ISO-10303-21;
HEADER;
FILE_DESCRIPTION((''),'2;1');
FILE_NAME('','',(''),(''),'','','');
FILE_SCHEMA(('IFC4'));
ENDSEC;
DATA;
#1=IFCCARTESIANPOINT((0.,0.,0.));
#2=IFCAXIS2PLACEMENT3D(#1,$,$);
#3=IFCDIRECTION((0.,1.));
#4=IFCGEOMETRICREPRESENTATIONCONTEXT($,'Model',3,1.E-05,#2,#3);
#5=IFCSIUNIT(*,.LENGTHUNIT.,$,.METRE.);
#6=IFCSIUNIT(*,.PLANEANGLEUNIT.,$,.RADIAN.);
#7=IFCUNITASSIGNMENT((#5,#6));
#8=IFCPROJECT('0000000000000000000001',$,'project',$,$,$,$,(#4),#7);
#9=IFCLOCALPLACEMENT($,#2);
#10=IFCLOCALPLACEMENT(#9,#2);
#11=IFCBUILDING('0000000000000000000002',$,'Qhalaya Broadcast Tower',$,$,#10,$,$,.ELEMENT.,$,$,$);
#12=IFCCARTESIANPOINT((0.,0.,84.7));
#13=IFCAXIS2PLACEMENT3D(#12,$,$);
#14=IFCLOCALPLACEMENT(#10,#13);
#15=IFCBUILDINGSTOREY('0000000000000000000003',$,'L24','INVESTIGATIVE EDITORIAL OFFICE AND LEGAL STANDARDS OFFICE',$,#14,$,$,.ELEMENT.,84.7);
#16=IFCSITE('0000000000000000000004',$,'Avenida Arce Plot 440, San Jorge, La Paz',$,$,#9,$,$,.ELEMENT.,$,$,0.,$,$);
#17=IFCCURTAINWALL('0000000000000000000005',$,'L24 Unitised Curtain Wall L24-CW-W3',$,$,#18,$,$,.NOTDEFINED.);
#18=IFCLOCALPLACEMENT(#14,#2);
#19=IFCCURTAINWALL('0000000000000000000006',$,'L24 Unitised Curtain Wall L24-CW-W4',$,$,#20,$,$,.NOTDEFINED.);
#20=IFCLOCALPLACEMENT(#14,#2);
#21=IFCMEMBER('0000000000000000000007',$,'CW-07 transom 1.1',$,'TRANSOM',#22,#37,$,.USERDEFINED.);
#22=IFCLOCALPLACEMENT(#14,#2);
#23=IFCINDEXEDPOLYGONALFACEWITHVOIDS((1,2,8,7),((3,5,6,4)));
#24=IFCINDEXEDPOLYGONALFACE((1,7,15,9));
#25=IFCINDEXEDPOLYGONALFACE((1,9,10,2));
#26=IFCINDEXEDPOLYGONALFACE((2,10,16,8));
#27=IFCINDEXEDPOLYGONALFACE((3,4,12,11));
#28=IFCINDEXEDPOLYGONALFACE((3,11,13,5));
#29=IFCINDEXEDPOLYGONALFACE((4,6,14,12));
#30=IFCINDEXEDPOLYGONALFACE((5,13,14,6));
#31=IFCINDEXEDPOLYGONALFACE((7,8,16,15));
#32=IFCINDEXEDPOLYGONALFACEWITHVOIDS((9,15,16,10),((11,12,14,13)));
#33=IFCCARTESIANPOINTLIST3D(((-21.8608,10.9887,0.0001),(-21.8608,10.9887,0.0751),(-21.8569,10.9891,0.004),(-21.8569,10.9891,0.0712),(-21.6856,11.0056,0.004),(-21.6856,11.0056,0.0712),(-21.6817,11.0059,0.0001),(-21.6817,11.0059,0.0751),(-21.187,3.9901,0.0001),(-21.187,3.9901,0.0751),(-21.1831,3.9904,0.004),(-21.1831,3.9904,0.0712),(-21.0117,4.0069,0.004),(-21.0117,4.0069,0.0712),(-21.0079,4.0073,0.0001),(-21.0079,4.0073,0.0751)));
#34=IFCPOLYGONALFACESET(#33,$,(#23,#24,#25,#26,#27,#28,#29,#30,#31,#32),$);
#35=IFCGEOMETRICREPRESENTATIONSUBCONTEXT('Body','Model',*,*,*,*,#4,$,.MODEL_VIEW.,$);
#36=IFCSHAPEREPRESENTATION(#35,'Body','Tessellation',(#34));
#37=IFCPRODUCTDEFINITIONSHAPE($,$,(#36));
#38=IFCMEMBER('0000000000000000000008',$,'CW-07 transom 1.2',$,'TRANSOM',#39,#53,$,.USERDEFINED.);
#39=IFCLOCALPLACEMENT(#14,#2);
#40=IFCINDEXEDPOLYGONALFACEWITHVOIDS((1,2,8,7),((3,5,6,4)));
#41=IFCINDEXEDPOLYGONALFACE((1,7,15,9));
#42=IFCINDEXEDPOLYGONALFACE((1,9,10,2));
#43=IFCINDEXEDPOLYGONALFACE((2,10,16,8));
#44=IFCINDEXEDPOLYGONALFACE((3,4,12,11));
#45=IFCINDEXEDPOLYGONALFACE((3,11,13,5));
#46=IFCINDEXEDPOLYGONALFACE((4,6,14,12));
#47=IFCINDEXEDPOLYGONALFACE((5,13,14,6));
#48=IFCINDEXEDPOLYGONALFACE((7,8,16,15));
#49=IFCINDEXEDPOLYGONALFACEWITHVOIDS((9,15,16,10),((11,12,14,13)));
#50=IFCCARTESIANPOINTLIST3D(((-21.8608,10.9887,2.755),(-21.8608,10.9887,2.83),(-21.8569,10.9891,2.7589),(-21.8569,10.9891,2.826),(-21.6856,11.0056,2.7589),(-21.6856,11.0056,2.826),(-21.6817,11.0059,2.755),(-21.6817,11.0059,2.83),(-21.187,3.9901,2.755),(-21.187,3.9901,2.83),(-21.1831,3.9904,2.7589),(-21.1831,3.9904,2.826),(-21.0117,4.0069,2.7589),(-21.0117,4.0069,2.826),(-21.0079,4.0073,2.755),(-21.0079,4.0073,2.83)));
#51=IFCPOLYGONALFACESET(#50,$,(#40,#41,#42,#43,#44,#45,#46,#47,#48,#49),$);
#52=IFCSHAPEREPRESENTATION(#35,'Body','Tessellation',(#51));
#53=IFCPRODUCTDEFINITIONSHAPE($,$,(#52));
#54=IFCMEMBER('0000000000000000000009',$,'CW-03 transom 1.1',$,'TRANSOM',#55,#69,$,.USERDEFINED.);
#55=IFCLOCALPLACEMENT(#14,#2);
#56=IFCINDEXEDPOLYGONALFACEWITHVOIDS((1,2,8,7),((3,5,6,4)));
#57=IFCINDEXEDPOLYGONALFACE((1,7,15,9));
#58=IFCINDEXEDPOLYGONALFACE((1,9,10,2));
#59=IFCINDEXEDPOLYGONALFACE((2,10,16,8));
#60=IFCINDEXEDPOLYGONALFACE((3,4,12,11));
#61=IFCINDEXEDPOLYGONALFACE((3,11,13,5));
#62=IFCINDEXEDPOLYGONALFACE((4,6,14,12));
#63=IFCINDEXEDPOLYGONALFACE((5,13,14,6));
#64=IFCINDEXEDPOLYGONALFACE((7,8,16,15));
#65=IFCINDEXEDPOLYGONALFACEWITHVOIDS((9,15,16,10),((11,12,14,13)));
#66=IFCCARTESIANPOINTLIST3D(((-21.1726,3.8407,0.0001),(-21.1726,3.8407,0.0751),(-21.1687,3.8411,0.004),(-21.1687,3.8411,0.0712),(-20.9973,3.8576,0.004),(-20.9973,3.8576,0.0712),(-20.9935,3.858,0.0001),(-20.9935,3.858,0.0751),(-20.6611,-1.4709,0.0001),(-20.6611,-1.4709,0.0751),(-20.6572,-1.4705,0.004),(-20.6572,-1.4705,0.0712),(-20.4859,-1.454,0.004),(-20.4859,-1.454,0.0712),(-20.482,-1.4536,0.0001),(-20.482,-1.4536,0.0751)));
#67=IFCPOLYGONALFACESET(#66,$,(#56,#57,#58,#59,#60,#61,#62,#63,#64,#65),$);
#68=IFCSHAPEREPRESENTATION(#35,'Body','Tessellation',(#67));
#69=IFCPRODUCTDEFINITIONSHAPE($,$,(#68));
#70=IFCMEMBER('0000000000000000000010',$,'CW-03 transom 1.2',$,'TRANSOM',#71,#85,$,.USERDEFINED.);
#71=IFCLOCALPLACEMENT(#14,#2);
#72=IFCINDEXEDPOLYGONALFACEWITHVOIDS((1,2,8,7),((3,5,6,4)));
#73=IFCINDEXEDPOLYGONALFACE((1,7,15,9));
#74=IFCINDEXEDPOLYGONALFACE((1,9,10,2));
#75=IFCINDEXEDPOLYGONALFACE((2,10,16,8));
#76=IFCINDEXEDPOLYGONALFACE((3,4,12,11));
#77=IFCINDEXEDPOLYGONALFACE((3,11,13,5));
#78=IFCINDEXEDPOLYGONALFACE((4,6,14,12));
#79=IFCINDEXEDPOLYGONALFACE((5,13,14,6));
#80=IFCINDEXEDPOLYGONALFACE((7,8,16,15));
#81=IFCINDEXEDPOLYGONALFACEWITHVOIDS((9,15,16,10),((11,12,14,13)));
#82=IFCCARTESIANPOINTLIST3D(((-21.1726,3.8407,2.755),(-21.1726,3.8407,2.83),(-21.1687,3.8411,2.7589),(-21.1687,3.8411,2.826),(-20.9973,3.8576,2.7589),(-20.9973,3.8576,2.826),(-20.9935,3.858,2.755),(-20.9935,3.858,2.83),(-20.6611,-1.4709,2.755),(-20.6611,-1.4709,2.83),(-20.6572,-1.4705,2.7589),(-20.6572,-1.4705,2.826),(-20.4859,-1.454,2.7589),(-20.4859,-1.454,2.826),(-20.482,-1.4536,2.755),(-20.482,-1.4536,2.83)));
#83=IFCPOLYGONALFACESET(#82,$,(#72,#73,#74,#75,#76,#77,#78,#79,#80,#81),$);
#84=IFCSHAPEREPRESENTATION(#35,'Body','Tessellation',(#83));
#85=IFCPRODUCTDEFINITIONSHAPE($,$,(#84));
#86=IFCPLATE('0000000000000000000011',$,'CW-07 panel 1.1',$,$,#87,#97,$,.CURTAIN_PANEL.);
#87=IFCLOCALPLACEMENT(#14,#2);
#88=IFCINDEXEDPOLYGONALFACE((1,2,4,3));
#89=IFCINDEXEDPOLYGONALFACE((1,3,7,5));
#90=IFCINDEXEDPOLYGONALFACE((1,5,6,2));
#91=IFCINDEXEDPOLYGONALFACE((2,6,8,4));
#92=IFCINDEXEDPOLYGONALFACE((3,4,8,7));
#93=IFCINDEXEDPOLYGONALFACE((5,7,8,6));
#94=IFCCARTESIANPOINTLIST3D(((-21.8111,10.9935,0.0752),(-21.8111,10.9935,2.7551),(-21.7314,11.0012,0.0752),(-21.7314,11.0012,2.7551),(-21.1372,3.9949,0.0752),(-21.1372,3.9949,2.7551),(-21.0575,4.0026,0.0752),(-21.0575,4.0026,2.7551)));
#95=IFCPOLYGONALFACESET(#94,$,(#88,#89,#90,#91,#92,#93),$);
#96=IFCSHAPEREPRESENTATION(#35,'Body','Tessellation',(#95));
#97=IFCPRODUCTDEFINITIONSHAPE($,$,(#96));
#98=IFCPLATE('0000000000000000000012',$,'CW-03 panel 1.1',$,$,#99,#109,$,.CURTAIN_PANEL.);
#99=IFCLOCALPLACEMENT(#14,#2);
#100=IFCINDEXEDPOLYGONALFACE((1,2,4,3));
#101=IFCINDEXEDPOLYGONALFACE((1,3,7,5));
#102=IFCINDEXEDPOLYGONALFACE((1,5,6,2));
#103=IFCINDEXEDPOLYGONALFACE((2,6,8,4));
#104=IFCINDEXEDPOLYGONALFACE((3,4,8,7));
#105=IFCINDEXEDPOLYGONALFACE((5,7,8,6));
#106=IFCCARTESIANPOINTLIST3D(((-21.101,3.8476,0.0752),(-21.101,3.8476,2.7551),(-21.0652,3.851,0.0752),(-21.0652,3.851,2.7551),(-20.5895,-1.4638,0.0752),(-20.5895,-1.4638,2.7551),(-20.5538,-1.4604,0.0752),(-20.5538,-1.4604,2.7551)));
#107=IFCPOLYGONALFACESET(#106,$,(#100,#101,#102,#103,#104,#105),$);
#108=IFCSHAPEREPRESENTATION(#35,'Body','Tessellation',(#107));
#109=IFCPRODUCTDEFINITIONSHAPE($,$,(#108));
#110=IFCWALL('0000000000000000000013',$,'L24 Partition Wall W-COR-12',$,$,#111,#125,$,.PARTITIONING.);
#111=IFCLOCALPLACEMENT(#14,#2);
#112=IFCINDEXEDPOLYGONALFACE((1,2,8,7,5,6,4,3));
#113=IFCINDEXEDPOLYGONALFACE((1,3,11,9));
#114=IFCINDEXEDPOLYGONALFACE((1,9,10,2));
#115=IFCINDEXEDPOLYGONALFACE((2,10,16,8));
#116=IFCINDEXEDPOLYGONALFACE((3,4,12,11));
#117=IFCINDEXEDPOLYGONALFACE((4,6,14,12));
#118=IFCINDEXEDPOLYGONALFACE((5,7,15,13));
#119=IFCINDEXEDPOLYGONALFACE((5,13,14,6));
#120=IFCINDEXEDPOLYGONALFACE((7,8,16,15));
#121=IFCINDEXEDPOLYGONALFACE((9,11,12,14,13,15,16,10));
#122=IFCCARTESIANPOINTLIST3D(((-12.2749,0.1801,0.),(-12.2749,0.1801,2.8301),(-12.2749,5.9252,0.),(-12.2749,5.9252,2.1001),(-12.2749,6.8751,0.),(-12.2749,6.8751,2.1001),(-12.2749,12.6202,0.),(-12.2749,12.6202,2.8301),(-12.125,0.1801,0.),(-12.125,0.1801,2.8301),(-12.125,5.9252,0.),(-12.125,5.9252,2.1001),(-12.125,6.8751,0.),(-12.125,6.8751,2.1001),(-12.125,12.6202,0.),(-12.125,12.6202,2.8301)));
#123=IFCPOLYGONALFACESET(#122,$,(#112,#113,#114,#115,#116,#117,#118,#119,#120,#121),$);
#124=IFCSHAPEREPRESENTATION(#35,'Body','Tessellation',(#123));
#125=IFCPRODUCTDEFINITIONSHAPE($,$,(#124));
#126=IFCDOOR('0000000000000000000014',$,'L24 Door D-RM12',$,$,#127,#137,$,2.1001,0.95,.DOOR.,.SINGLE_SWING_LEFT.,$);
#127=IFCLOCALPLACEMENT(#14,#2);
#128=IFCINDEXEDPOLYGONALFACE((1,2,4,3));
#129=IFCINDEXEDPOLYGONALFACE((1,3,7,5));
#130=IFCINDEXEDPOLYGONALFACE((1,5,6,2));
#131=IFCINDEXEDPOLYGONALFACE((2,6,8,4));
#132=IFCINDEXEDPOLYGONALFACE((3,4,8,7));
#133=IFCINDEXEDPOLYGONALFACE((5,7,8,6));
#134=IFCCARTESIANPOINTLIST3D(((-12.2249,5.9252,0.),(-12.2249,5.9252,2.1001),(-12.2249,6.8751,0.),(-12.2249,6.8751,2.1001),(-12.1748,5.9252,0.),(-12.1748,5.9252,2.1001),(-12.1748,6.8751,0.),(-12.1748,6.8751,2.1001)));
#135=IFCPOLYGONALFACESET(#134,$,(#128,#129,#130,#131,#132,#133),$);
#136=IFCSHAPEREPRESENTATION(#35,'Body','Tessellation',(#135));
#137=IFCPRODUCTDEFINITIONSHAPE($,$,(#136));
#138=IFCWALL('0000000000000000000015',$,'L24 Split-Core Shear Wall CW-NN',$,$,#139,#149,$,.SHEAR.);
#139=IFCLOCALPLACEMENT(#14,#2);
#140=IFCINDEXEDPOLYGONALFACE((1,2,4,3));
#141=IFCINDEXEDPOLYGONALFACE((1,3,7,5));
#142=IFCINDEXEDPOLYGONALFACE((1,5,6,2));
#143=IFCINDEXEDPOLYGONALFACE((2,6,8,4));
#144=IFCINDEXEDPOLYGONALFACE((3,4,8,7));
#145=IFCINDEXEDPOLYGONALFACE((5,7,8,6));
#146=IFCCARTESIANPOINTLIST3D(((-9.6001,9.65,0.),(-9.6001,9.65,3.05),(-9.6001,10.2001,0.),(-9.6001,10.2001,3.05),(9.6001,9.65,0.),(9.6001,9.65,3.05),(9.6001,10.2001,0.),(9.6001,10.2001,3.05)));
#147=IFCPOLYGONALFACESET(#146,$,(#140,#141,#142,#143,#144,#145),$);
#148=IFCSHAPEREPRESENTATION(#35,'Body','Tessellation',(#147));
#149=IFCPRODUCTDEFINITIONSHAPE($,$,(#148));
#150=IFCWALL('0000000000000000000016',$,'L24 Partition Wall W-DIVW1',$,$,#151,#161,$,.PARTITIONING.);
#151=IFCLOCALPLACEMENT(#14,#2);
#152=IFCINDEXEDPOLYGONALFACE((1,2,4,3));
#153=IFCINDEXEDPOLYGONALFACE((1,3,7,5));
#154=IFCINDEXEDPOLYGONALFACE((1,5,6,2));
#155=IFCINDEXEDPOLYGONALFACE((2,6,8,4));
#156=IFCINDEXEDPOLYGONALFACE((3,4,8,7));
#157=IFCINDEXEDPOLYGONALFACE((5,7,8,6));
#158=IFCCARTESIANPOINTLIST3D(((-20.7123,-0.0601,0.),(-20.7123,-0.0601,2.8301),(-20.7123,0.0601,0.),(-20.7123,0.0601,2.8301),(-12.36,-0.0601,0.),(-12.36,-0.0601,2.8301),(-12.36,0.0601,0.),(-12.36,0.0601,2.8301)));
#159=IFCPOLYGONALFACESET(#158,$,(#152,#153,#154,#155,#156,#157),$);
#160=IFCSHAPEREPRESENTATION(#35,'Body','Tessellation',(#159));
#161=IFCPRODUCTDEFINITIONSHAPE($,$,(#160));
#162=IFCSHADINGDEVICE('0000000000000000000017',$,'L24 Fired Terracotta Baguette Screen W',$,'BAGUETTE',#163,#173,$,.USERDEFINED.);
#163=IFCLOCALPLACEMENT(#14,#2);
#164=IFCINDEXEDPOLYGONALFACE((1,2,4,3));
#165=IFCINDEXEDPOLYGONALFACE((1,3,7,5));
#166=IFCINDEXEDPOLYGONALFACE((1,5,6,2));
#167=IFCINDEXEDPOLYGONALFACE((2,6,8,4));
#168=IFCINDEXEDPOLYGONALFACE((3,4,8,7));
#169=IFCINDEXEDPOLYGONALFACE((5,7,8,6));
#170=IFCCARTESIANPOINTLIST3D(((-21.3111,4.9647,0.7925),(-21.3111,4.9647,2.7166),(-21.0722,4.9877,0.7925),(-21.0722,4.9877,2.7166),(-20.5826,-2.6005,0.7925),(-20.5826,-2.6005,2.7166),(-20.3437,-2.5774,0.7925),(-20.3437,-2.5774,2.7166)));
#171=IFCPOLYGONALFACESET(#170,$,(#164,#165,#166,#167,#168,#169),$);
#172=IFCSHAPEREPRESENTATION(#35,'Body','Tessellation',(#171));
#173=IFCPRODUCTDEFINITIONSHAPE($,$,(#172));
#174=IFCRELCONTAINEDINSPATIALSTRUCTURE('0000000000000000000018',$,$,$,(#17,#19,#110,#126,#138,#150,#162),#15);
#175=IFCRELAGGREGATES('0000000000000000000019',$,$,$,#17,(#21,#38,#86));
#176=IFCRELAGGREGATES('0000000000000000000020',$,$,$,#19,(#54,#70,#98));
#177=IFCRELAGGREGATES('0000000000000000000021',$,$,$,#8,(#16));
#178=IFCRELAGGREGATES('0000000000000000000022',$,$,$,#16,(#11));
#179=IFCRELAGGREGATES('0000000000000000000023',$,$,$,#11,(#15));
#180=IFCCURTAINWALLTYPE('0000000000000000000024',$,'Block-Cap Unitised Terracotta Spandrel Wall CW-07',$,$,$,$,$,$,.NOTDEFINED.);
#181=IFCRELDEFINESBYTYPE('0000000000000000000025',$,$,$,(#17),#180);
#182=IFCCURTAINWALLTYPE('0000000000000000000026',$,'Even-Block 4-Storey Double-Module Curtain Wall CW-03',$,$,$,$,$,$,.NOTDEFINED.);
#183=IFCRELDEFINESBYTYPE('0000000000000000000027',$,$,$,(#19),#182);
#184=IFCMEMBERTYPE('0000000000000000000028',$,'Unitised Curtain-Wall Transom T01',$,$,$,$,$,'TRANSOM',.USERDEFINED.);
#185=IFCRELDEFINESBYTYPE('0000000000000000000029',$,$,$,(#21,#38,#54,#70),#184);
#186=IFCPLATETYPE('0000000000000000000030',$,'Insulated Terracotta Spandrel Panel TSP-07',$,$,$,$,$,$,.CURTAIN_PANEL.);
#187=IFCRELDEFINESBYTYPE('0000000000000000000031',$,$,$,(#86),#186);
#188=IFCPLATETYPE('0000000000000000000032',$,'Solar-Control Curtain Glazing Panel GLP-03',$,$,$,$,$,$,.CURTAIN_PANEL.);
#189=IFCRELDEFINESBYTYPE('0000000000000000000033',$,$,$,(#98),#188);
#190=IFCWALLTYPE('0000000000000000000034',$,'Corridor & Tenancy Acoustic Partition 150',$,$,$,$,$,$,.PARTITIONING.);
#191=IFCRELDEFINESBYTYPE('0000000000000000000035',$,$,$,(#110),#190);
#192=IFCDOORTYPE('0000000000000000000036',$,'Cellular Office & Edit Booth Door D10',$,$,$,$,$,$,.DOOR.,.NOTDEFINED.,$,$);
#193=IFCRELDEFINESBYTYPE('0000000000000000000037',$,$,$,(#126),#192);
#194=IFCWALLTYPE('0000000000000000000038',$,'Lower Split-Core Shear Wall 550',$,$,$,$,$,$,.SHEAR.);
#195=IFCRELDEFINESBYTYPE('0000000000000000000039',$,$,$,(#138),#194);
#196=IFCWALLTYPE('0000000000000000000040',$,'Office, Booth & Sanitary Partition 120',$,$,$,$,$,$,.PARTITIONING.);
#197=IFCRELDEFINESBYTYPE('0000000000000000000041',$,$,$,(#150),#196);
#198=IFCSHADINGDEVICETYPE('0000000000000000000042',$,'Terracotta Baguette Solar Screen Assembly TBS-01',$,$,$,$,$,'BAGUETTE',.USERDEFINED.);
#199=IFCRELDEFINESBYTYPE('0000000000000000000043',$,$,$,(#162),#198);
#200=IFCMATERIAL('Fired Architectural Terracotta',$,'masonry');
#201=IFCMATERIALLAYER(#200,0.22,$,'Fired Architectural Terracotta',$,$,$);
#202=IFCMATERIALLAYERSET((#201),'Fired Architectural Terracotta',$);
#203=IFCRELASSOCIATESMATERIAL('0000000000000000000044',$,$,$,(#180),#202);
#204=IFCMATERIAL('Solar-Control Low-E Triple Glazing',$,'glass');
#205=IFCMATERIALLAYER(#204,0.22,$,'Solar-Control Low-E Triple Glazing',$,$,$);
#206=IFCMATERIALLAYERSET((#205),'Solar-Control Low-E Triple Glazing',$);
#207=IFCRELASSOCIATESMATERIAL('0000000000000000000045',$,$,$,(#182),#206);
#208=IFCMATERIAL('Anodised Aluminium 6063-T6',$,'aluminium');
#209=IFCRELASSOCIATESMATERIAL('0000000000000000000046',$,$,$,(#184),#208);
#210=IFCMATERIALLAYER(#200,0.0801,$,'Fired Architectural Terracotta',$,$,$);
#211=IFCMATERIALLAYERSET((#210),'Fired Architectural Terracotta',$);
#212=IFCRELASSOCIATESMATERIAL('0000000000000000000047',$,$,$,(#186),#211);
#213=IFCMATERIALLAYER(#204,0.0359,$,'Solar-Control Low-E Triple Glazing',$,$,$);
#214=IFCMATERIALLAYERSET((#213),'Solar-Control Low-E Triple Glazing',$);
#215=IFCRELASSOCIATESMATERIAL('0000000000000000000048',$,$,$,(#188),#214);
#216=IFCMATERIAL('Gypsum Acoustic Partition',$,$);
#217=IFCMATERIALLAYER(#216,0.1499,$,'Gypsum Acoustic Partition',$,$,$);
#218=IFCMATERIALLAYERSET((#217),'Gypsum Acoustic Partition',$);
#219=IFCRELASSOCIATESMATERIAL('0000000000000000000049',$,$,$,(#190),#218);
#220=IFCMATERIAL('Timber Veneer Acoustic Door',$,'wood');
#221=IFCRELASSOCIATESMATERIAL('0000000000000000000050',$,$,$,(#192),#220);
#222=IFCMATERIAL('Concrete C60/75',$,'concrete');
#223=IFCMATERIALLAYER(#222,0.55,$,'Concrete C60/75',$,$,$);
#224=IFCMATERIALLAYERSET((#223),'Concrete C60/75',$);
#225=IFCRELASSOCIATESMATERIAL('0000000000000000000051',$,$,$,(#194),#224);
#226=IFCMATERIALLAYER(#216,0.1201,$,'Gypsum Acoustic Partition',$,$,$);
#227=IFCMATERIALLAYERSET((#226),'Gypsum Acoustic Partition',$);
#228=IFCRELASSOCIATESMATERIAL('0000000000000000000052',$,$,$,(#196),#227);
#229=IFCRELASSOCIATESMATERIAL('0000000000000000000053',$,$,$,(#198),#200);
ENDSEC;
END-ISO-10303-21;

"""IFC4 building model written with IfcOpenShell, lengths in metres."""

from ifc_helpers import new_model, si_unit, direction, frame, frame_2d, origin, origin_2d, place, context, subcontext, project, spatial, rectangle, hollow_rectangle, extrude, material, layer, layer_set, material_profile, profile_set, type_object, element, fill, aggregate, save


model = new_model("IFC4")

# Units and contexts
model_context = context("Model", 3, precision=1e-05, world=origin(), true_north=direction((0.0, 1.0)))
body_context = subcontext(model_context, "Body", "Model", "MODEL_VIEW")
ifc_project = project(units=[si_unit("LENGTHUNIT", "METRE"), si_unit("PLANEANGLEUNIT", "RADIAN")], contexts=[model_context])

# Site, building, storey
site_placement = place(None, origin())
site = spatial("IfcSite", under=ifc_project, at=site_placement, Name="Avenida Arce Plot 440, San Jorge, La Paz", CompositionType="ELEMENT", RefElevation=0.0)
building_placement = place(site_placement, origin())
building = spatial("IfcBuilding", under=site, at=building_placement, Name="Qhalaya Broadcast Tower", CompositionType="ELEMENT")
storey_placement = place(building_placement, frame((0.0, 0.0, 84.7)))
storey = spatial("IfcBuildingStorey", under=building, at=storey_placement, Name="L24", Description="INVESTIGATIVE EDITORIAL OFFICE AND LEGAL STANDARDS OFFICE", CompositionType="ELEMENT", Elevation=84.7)

# Curtain wall
ifc_material_1 = material(Name="Fired Architectural Terracotta", Category="masonry")
ifc_layer_1 = layer(ifc_material_1, 0.22, Name="Fired Architectural Terracotta")
ifc_layer_set_1 = layer_set([ifc_layer_1], Name="Fired Architectural Terracotta")
curtain_wall_type_1 = type_object("IfcCurtainWallType", Name="Block-Cap Unitised Terracotta Spandrel Wall CW-07", PredefinedType="NOTDEFINED", material=ifc_layer_set_1)
curtain_wall_1_placement = place(storey_placement, origin())
curtain_wall_1 = element("IfcCurtainWall", 1, at=curtain_wall_1_placement, inside=storey, type_object=curtain_wall_type_1, Name="L24 Unitised Curtain Wall L24-CW-W3", PredefinedType="NOTDEFINED")
ifc_material_2 = material(Name="Anodised Aluminium 6063-T6", Category="aluminium")

# Curtain wall
ifc_material_3 = material(Name="Solar-Control Low-E Triple Glazing", Category="glass")
ifc_layer_2 = layer(ifc_material_3, 0.22, Name="Solar-Control Low-E Triple Glazing")
ifc_layer_set_2 = layer_set([ifc_layer_2], Name="Solar-Control Low-E Triple Glazing")
curtain_wall_type_2 = type_object("IfcCurtainWallType", Name="Even-Block 4-Storey Double-Module Curtain Wall CW-03", PredefinedType="NOTDEFINED", material=ifc_layer_set_2)
curtain_wall_2_placement = place(storey_placement, origin())
curtain_wall_2 = element("IfcCurtainWall", 2, at=curtain_wall_2_placement, inside=storey, type_object=curtain_wall_type_2, Name="L24 Unitised Curtain Wall L24-CW-W4", PredefinedType="NOTDEFINED")

# Members
ifc_material_profile_1 = material_profile(ifc_material_2, hollow_rectangle(XDim=0.075, YDim=0.1799, WallThickness=0.0039, at=origin_2d()), Name="ALU-TRN 75x180x4")
ifc_profile_set_1 = profile_set([ifc_material_profile_1], Name="Anodised Aluminium 6063-T6")
member_type_1 = type_object("IfcMemberType", Name="Unitised Curtain-Wall Transom T01", ElementType="TRANSOM", PredefinedType="USERDEFINED", material=ifc_profile_set_1)
member_1_placement = place(storey_placement, frame((-21.7712, 10.9973, 0.0376), z_axis=(0.095838, -0.995397, 0.0), x_axis=(0.0, 0.0, 1.0)))
member_1 = element("IfcMember", 3, at=member_1_placement, type_object=member_type_1, Name="CW-07 transom 1.1", ObjectType="TRANSOM", PredefinedType="USERDEFINED", context=body_context, shape_type="SweptSolid", body=[
    extrude(hollow_rectangle(XDim=0.075, YDim=0.1799, WallThickness=0.0039, at=origin_2d()), origin(), (0.0, 0.0, 1.0), 7.031),
])
member_2_placement = place(storey_placement, frame((-21.7712, 10.9973, 2.7925), z_axis=(0.095838, -0.995397, 0.0), x_axis=(0.0, 0.0, 1.0)))
member_2 = element("IfcMember", 4, at=member_2_placement, type_object=member_type_1, Name="CW-07 transom 1.2", ObjectType="TRANSOM", PredefinedType="USERDEFINED", context=body_context, shape_type="SweptSolid", body=[
    extrude(hollow_rectangle(XDim=0.075, YDim=0.1799, WallThickness=0.0039, at=origin_2d()), origin(), (0.0, 0.0, 1.0), 7.031),
])
member_3_placement = place(storey_placement, frame((-21.083, 3.8494, 0.0376), z_axis=(0.095852, -0.995396, 0.0), x_axis=(0.0, 0.0, 1.0)))
member_3 = element("IfcMember", 5, at=member_3_placement, type_object=member_type_1, Name="CW-03 transom 1.1", ObjectType="TRANSOM", PredefinedType="USERDEFINED", context=body_context, shape_type="SweptSolid", body=[
    extrude(hollow_rectangle(XDim=0.075, YDim=0.1799, WallThickness=0.0039, at=origin_2d()), origin(), (0.0, 0.0, 1.0), 5.3362),
])
member_4_placement = place(storey_placement, frame((-21.083, 3.8494, 2.7925), z_axis=(0.095852, -0.995396, 0.0), x_axis=(0.0, 0.0, 1.0)))
member_4 = element("IfcMember", 6, at=member_4_placement, type_object=member_type_1, Name="CW-03 transom 1.2", ObjectType="TRANSOM", PredefinedType="USERDEFINED", context=body_context, shape_type="SweptSolid", body=[
    extrude(hollow_rectangle(XDim=0.075, YDim=0.1799, WallThickness=0.0039, at=origin_2d()), origin(), (0.0, 0.0, 1.0), 5.3362),
])

# Plates
ifc_layer_3 = layer(ifc_material_1, 0.0801, Name="Fired Architectural Terracotta")
ifc_layer_set_3 = layer_set([ifc_layer_3], Name="Fired Architectural Terracotta")
plate_type_1 = type_object("IfcPlateType", Name="Insulated Terracotta Spandrel Panel TSP-07", PredefinedType="CURTAIN_PANEL", material=ifc_layer_set_3)
plate_1_placement = place(storey_placement, frame((-21.4343, 7.498, 0.0752), z_axis=(0.0, 0.0, 1.0), x_axis=(0.095851, -0.995396, 0.0)))
plate_1 = element("IfcPlate", 7, at=plate_1_placement, type_object=plate_type_1, Name="CW-07 panel 1.1", PredefinedType="CURTAIN_PANEL", context=body_context, shape_type="SweptSolid", body=[
    extrude(rectangle(XDim=7.031, YDim=0.0801, at=origin_2d()), origin(), (0.0, 0.0, 1.0), 2.6799),
])
aggregate(curtain_wall_1, [member_1, member_2, plate_1])
ifc_layer_4 = layer(ifc_material_3, 0.0359, Name="Solar-Control Low-E Triple Glazing")
ifc_layer_set_4 = layer_set([ifc_layer_4], Name="Solar-Control Low-E Triple Glazing")
plate_type_2 = type_object("IfcPlateType", Name="Solar-Control Curtain Glazing Panel GLP-03", PredefinedType="CURTAIN_PANEL", material=ifc_layer_set_4)
plate_2_placement = place(storey_placement, frame((-20.8274, 1.1936, 0.0752), z_axis=(0.0, 0.0, 1.0), x_axis=(0.095843, -0.995396, 0.0)))
plate_2 = element("IfcPlate", 8, at=plate_2_placement, type_object=plate_type_2, Name="CW-03 panel 1.1", PredefinedType="CURTAIN_PANEL", context=body_context, shape_type="SweptSolid", body=[
    extrude(rectangle(XDim=5.3359, YDim=0.0359, at=origin_2d()), origin(), (0.0, 0.0, 1.0), 2.6799),
])
aggregate(curtain_wall_2, [member_3, member_4, plate_2])

# Wall, opening, door
ifc_material_4 = material(Name="Gypsum Acoustic Partition")
ifc_layer_5 = layer(ifc_material_4, 0.1499, Name="Gypsum Acoustic Partition")
ifc_layer_set_5 = layer_set([ifc_layer_5], Name="Gypsum Acoustic Partition")
wall_type_1 = type_object("IfcWallType", Name="Corridor & Tenancy Acoustic Partition 150", PredefinedType="PARTITIONING", material=ifc_layer_set_5)
wall_1_placement = place(storey_placement, frame((-12.2, 0.1799, 0.0), z_axis=(0.0, 0.0, 1.0), x_axis=(0.0, 1.0, 0.0)))
wall_1 = element("IfcWall", 9, at=wall_1_placement, inside=storey, type_object=wall_type_1, Name="L24 Partition Wall W-COR-12", PredefinedType="PARTITIONING", context=body_context, shape_type="SweptSolid", body=[
    extrude(rectangle(XDim=12.4402, YDim=0.1499, at=frame_2d((6.2202, 0.0))), origin(), (0.0, 0.0, 1.0), 2.8301),
])
opening_1_placement = place(wall_1_placement, frame((5.7451, 0.0, 0.0)))
opening_1 = element("IfcOpeningElement", 10, at=opening_1_placement, cuts=wall_1, PredefinedType="OPENING", context=body_context, shape_type="SweptSolid", body=[
    extrude(rectangle(XDim=0.95, YDim=2.1001, at=frame_2d((0.4751, 1.05))), frame((0.0, 0.0869, 0.0), z_axis=(0.0, -1.0, 0.0), x_axis=(1.0, 0.0, 0.0)), (0.0, 0.0, 1.0), 0.1738),
])
ifc_material_5 = material(Name="Timber Veneer Acoustic Door", Category="wood")
door_type_1 = type_object("IfcDoorType", Name="Cellular Office & Edit Booth Door D10", OperationType="NOTDEFINED", PredefinedType="DOOR", material=ifc_material_5)
door_1_placement = place(opening_1_placement, origin())
door_1 = element("IfcDoor", 11, at=door_1_placement, inside=storey, type_object=door_type_1, Name="L24 Door D-RM12", OperationType="SINGLE_SWING_LEFT", OverallHeight=2.1001, OverallWidth=0.95, PredefinedType="DOOR", context=body_context, shape_type="SweptSolid", body=[
    extrude(rectangle(XDim=0.95, YDim=2.1001, at=frame_2d((0.4751, 1.05))), frame((0.0, 0.0249, 0.0), z_axis=(0.0, -1.0, 0.0), x_axis=(1.0, 0.0, 0.0)), (0.0, 0.0, 1.0), 0.05),
])
fill(opening_1, door_1)

# Wall
ifc_material_6 = material(Name="Concrete C60/75", Category="concrete")
ifc_layer_6 = layer(ifc_material_6, 0.55, Name="Concrete C60/75")
ifc_layer_set_6 = layer_set([ifc_layer_6], Name="Concrete C60/75")
wall_type_2 = type_object("IfcWallType", Name="Lower Split-Core Shear Wall 550", PredefinedType="SHEAR", material=ifc_layer_set_6)
wall_2_placement = place(storey_placement, frame((-9.6001, 9.925, 0.0), z_axis=(0.0, 0.0, 1.0), x_axis=(1.0, 0.0, 0.0)))
element("IfcWall", 12, at=wall_2_placement, inside=storey, type_object=wall_type_2, Name="L24 Split-Core Shear Wall CW-NN", PredefinedType="SHEAR", context=body_context, shape_type="SweptSolid", body=[
    extrude(rectangle(XDim=19.2002, YDim=0.55, at=frame_2d((9.6001, 0.0))), origin(), (0.0, 0.0, 1.0), 3.05),
])

# Wall
ifc_layer_7 = layer(ifc_material_4, 0.1201, Name="Gypsum Acoustic Partition")
ifc_layer_set_7 = layer_set([ifc_layer_7], Name="Gypsum Acoustic Partition")
wall_type_3 = type_object("IfcWallType", Name="Office, Booth & Sanitary Partition 120", PredefinedType="PARTITIONING", material=ifc_layer_set_7)
wall_3_placement = place(storey_placement, frame((-20.7124, 0.0, 0.0), z_axis=(0.0, 0.0, 1.0), x_axis=(1.0, 0.0, 0.0)))
element("IfcWall", 13, at=wall_3_placement, inside=storey, type_object=wall_type_3, Name="L24 Partition Wall W-DIVW1", PredefinedType="PARTITIONING", context=body_context, shape_type="SweptSolid", body=[
    extrude(rectangle(XDim=8.3523, YDim=0.1201, at=frame_2d((4.1763, 0.0))), origin(), (0.0, 0.0, 1.0), 2.8301),
])

# Shading device
shading_device_type = type_object("IfcShadingDeviceType", Name="Terracotta Baguette Solar Screen Assembly TBS-01", ElementType="BAGUETTE", PredefinedType="USERDEFINED", material=ifc_material_1)
shading_device_placement = place(storey_placement, frame((-20.8274, 1.1936, 0.7925), z_axis=(0.0, 0.0, 1.0), x_axis=(0.095846, -0.995396, 0.0)))
element("IfcShadingDevice", 14, at=shading_device_placement, inside=storey, type_object=shading_device_type, Name="L24 Fired Terracotta Baguette Screen W", ObjectType="BAGUETTE", PredefinedType="USERDEFINED", context=body_context, shape_type="SweptSolid", body=[
    extrude(rectangle(XDim=7.6001, YDim=0.24, at=origin_2d()), origin(), (0.0, 0.0, 1.0), 1.9241),
])

save(model, "model.ifc")
